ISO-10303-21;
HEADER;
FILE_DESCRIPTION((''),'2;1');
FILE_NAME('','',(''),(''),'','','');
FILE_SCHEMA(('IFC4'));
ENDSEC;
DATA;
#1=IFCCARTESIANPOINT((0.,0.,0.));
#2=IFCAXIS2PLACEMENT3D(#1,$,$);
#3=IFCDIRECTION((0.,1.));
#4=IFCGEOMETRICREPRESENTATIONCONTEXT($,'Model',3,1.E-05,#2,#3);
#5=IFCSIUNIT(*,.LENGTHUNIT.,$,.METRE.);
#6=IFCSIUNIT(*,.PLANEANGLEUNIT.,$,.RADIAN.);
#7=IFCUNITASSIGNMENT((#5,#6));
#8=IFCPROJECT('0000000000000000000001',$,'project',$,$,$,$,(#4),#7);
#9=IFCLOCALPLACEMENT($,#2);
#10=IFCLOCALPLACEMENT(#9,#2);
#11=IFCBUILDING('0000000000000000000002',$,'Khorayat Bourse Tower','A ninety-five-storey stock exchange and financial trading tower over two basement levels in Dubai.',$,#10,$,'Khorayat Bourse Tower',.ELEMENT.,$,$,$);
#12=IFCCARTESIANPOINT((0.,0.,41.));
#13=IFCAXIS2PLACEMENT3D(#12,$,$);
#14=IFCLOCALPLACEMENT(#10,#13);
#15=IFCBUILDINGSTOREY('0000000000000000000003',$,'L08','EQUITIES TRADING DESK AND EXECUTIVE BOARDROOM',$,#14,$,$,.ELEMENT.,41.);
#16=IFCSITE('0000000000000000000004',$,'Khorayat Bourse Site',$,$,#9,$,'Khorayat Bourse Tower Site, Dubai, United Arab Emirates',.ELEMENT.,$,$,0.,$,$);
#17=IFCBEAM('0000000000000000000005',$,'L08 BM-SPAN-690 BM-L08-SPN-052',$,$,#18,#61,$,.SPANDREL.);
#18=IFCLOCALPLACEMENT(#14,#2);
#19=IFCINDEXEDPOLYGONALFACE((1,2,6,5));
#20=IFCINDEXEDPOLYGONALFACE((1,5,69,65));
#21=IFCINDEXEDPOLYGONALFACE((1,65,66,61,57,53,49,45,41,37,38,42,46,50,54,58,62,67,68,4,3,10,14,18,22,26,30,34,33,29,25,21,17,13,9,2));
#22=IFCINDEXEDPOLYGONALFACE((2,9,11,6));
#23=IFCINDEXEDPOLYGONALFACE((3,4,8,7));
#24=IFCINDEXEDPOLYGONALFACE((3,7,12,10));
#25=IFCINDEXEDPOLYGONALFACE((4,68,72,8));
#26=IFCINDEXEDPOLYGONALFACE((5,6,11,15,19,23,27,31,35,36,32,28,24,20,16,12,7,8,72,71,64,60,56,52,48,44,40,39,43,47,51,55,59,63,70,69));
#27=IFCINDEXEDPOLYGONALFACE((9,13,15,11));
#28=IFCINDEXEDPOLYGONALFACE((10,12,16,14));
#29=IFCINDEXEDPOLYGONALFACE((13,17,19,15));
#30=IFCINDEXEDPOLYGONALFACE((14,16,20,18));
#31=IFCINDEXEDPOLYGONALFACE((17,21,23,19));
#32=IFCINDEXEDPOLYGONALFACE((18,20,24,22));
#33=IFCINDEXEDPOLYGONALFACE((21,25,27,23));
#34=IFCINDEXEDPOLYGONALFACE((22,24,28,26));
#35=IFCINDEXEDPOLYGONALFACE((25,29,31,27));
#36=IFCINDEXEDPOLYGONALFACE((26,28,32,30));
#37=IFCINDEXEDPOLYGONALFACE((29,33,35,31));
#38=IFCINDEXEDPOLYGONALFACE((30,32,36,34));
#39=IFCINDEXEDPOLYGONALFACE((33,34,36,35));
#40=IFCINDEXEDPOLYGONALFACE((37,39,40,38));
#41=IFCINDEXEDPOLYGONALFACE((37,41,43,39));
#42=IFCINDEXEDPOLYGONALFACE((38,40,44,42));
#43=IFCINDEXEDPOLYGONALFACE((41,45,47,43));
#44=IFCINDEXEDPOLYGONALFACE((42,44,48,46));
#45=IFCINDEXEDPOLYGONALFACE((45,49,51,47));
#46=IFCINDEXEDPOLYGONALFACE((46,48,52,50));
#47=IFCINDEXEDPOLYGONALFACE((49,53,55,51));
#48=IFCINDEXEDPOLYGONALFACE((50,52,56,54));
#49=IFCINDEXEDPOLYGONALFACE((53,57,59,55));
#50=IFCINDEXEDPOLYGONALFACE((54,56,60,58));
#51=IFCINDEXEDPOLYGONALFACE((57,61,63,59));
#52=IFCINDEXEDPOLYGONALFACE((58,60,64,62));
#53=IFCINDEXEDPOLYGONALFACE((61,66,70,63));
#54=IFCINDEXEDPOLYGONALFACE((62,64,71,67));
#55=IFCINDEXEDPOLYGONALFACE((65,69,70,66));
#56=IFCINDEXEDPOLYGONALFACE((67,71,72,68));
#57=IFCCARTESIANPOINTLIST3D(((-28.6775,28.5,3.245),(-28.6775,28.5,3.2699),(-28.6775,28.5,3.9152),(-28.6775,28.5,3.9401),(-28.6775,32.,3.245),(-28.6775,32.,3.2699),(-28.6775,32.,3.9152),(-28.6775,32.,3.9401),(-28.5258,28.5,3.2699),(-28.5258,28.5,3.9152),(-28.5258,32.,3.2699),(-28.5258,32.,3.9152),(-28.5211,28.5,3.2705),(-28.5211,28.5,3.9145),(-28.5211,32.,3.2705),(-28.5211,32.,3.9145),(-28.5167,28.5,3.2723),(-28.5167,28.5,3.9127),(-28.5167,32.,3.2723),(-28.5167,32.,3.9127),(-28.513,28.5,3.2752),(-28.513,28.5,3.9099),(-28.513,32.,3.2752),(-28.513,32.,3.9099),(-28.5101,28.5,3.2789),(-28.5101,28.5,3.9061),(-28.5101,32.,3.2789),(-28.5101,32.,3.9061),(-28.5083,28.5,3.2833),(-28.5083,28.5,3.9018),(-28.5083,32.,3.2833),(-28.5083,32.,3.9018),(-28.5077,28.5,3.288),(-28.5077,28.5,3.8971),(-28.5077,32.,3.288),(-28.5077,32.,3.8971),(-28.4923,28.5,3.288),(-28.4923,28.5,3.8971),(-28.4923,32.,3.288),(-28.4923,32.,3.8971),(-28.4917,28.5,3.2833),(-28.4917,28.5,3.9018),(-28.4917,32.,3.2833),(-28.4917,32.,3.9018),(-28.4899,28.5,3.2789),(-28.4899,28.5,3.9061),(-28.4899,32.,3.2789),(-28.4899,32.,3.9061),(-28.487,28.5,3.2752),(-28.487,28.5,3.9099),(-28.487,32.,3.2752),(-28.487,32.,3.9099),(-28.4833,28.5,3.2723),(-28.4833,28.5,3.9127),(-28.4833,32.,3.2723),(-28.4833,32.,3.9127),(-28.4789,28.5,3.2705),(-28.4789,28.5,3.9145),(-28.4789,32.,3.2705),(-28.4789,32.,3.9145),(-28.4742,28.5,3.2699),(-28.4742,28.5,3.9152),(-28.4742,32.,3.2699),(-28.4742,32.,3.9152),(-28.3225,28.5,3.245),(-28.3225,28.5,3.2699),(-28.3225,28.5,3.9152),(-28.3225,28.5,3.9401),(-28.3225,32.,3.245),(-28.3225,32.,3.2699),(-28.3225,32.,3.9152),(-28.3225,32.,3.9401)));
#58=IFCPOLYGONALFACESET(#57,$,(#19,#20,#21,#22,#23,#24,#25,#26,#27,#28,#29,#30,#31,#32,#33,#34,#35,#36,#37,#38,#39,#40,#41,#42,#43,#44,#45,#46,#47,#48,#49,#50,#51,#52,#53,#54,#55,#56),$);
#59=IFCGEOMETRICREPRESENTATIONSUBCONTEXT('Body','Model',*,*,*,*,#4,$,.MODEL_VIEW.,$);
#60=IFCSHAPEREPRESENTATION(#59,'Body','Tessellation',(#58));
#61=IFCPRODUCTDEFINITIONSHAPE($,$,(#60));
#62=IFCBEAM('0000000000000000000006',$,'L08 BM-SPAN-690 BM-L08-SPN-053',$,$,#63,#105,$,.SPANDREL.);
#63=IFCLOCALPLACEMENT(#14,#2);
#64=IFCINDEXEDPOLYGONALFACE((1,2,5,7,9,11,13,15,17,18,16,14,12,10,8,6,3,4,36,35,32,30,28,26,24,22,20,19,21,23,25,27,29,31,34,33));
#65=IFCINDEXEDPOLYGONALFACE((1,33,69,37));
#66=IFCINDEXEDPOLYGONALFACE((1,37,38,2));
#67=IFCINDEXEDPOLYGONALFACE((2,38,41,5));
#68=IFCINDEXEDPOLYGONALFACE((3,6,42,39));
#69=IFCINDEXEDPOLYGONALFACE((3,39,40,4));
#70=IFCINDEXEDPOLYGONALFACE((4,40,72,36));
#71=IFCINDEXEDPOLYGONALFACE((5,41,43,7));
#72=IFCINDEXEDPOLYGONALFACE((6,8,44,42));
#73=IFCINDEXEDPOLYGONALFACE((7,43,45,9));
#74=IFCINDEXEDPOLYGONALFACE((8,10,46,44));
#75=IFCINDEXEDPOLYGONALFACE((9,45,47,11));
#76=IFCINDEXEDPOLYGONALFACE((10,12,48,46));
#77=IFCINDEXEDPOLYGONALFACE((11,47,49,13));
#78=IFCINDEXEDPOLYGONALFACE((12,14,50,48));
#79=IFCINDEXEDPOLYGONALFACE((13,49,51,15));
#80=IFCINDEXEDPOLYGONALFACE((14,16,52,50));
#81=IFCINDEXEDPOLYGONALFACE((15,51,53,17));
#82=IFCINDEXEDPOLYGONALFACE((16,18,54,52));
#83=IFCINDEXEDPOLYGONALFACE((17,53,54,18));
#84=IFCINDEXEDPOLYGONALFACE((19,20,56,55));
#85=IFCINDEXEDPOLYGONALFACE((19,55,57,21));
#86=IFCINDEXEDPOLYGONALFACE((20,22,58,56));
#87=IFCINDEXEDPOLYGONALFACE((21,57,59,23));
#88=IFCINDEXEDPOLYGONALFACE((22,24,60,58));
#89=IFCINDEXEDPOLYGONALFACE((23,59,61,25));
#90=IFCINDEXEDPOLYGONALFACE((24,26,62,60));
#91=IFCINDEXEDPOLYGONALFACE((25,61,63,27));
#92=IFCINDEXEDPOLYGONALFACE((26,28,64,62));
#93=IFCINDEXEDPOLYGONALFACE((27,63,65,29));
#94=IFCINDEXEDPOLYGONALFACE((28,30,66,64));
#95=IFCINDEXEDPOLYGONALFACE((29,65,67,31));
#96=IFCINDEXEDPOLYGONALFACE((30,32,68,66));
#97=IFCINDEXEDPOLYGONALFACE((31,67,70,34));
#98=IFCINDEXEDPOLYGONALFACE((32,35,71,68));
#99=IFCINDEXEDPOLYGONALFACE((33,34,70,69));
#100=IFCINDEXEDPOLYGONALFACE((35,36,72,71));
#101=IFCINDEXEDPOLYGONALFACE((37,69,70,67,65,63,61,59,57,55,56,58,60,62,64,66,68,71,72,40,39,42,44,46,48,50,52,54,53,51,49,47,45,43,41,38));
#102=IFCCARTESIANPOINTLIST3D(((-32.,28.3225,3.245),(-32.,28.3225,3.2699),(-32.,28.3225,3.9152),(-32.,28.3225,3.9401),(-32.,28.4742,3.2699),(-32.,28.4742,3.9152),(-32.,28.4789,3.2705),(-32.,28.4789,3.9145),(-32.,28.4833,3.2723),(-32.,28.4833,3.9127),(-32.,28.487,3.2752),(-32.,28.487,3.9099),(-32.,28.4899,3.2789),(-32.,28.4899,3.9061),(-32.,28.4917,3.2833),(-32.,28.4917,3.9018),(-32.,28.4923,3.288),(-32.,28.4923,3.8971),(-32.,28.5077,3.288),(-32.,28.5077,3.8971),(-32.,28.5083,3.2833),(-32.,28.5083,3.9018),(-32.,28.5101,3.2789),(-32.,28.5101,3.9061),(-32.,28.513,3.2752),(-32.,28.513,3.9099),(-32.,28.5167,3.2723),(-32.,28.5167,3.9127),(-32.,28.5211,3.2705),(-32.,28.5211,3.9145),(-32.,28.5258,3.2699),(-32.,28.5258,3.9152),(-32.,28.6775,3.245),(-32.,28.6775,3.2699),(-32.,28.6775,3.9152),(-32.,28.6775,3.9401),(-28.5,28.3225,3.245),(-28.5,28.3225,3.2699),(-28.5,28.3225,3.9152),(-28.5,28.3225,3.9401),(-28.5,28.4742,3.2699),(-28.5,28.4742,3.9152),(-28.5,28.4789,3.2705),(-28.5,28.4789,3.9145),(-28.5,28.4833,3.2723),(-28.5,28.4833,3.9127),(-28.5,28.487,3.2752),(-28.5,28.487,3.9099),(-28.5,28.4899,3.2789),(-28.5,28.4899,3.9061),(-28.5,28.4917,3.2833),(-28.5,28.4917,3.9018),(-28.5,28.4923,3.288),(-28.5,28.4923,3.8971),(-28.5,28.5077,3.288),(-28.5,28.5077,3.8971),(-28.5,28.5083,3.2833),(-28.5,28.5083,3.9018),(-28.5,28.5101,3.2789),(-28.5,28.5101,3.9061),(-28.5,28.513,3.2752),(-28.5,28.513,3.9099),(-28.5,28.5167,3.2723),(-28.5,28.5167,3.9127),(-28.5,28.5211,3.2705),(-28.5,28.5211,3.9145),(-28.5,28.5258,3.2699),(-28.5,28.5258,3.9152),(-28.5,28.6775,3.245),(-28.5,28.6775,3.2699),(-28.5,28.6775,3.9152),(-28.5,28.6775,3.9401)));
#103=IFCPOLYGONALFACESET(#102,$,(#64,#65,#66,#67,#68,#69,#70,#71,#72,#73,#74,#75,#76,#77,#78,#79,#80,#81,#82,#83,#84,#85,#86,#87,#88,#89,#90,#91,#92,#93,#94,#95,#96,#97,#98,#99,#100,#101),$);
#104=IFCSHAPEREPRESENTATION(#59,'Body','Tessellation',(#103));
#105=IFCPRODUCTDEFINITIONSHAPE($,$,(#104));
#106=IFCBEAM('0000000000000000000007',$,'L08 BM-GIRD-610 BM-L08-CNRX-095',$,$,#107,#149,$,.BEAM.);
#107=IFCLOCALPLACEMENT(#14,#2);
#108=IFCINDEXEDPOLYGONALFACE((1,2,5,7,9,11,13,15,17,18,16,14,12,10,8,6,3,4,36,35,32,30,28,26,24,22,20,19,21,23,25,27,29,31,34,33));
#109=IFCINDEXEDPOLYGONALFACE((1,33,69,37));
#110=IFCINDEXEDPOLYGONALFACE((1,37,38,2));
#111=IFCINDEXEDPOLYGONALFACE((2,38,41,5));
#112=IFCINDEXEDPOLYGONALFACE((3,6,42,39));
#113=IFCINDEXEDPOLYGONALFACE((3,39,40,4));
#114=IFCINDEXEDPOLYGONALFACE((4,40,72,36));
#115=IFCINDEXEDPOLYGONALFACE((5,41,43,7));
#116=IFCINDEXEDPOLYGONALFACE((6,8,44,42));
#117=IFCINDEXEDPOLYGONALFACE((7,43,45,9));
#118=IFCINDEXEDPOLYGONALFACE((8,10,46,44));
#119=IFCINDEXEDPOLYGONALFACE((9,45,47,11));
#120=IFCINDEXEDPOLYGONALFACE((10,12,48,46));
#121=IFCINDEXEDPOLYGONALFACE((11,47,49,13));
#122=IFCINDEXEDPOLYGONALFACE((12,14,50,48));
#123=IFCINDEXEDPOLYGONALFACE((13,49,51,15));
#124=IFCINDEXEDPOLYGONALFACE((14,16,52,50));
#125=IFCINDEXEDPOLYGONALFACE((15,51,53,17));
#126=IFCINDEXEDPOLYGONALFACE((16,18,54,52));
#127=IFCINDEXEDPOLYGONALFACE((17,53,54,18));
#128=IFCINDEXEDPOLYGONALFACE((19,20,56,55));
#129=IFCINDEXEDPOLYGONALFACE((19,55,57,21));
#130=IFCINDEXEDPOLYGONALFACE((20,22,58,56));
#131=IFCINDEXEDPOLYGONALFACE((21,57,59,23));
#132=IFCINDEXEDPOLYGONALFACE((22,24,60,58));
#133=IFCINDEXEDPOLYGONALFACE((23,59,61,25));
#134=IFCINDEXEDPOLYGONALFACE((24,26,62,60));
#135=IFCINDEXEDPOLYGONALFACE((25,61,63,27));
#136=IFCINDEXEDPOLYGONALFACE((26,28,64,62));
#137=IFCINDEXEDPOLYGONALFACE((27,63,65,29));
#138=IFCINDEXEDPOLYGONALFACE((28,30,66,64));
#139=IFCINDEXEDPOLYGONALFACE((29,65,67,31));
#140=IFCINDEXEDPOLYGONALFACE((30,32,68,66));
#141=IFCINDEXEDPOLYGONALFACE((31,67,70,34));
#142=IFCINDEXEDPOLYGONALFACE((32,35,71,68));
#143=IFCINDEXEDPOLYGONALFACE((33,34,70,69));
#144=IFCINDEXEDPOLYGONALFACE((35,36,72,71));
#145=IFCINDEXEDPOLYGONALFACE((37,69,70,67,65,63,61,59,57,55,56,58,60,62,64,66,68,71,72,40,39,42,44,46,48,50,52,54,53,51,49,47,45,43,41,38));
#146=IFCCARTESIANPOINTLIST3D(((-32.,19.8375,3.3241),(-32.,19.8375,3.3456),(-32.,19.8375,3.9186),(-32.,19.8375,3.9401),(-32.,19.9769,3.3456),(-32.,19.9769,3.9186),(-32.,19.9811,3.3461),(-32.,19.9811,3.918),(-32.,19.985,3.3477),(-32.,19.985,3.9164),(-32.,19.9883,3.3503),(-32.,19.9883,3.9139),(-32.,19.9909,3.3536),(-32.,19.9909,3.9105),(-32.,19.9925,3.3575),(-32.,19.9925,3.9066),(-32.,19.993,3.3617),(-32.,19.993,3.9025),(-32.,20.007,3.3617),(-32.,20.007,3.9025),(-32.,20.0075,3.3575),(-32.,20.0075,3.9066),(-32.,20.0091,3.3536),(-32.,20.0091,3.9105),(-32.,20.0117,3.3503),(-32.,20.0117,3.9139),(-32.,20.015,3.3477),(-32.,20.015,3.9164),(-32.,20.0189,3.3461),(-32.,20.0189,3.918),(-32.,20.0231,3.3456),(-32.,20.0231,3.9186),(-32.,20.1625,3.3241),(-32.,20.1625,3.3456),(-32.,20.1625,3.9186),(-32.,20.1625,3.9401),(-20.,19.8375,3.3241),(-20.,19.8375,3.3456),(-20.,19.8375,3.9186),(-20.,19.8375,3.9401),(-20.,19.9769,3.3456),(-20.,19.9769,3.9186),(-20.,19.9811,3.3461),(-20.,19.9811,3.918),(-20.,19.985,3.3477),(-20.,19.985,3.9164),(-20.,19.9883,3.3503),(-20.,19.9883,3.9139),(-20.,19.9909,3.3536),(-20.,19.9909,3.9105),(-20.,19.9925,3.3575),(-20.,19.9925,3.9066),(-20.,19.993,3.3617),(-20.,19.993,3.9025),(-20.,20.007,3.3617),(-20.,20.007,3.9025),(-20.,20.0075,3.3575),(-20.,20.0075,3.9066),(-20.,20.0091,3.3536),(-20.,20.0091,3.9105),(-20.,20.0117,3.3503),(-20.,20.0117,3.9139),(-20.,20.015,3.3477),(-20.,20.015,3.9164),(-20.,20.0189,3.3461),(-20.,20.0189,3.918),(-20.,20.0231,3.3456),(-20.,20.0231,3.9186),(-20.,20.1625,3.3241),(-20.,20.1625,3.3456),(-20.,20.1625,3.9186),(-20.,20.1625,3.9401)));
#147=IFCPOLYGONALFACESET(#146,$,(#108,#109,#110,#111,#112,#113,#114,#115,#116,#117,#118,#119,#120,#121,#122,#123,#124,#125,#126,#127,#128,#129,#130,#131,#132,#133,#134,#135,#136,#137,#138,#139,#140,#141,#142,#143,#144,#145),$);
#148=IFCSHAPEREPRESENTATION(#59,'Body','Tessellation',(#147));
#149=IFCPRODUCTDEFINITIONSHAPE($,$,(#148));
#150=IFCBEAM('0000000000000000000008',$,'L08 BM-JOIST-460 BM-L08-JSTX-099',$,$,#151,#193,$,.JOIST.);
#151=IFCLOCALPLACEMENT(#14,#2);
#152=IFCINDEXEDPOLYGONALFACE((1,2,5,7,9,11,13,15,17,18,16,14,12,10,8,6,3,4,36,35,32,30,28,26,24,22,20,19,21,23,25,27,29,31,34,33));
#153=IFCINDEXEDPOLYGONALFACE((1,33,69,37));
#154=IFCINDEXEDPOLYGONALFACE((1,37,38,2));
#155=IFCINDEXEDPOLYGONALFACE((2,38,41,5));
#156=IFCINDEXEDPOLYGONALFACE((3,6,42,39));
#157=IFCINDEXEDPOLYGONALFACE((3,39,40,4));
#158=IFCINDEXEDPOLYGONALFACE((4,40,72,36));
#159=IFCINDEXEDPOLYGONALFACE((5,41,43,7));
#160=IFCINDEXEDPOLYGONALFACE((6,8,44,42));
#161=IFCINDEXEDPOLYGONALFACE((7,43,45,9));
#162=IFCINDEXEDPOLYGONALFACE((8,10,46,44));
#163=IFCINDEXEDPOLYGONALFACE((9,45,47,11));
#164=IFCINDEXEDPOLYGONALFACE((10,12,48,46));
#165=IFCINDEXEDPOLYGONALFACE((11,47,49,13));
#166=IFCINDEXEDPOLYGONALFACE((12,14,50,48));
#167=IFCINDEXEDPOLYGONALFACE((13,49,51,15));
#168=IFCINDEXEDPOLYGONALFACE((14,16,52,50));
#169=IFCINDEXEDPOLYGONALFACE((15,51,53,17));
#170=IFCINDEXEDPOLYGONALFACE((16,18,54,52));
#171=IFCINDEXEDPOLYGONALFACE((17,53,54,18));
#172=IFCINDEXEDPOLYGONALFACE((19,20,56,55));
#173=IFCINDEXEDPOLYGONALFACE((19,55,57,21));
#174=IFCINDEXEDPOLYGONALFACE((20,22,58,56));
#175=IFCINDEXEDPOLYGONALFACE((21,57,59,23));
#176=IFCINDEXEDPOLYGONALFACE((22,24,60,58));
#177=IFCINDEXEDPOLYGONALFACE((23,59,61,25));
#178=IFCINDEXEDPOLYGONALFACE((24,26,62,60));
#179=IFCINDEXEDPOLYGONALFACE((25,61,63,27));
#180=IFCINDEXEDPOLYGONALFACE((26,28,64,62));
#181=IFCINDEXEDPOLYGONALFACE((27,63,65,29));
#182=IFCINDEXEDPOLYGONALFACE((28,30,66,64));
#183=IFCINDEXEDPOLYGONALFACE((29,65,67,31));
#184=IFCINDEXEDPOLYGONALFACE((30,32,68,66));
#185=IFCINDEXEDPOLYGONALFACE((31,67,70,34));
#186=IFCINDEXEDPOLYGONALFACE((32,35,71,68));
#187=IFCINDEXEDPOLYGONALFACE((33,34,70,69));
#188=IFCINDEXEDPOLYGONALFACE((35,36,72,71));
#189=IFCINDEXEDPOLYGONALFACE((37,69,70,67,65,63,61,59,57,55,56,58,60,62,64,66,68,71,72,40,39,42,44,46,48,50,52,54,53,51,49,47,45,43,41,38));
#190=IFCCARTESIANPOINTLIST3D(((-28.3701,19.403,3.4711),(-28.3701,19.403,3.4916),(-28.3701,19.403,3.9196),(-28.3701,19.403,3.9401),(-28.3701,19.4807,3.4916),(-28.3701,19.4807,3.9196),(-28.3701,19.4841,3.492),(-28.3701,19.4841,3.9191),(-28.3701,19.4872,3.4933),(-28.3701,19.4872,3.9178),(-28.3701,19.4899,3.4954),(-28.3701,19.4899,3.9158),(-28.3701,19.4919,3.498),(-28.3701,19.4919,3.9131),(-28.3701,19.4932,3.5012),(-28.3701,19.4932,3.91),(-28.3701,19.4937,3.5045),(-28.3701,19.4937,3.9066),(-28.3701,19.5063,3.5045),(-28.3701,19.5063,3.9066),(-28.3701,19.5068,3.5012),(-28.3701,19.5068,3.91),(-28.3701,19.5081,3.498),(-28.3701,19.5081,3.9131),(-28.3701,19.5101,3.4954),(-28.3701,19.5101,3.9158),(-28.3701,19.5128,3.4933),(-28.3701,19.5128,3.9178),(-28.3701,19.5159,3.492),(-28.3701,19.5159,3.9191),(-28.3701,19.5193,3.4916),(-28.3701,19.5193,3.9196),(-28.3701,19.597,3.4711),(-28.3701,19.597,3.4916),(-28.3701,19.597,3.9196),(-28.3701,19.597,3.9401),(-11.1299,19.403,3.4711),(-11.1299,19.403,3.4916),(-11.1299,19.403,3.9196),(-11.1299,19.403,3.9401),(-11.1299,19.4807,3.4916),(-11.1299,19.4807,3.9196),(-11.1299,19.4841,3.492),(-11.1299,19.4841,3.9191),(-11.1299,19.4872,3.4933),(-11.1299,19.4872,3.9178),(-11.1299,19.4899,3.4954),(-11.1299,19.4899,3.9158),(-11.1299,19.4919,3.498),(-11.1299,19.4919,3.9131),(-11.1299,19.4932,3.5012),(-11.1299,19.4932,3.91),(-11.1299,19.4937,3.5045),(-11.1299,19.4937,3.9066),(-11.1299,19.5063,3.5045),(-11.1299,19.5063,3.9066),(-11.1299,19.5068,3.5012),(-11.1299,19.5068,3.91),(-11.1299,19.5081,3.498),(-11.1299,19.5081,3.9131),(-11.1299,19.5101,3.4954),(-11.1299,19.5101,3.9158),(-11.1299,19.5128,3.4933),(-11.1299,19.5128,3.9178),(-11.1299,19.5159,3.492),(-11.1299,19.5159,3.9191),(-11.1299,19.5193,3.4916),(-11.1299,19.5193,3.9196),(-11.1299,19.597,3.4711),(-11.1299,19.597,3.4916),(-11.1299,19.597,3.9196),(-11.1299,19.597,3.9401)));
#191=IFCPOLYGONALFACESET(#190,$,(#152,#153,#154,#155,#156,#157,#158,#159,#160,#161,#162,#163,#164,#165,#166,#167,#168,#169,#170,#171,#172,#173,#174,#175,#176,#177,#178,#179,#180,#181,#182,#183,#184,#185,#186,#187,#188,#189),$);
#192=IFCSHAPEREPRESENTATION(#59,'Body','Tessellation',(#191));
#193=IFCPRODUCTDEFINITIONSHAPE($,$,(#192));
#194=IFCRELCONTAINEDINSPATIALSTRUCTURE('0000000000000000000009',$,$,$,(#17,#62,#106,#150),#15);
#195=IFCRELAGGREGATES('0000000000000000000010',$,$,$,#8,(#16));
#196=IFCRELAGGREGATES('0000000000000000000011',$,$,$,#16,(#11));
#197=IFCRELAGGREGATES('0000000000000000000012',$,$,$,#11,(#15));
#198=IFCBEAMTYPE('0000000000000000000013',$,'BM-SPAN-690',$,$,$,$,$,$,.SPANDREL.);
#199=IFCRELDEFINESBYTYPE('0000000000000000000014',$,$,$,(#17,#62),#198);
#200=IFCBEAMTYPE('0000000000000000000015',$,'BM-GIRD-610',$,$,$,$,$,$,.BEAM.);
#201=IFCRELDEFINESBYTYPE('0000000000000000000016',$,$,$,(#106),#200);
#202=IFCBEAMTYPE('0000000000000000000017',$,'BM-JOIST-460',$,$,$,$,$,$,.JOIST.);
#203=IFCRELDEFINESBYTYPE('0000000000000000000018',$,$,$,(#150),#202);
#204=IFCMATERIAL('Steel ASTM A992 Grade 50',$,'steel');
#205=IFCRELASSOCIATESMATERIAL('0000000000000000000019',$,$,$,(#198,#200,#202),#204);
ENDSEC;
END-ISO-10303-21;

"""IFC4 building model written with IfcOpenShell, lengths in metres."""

from ifc_helpers import new_model, si_unit, direction, frame, origin, origin_2d, place, context, subcontext, project, spatial, i_section, extrude, source, transform, mapped, material, material_profile, profile_set, type_object, element, save


model = new_model("IFC4")

# Units and contexts
model_context = context("Model", 3, precision=1e-05, world=origin(), true_north=direction((0.0, 1.0)))
body_context = subcontext(model_context, "Body", "Model", "MODEL_VIEW")
ifc_project = project(units=[si_unit("LENGTHUNIT", "METRE"), si_unit("PLANEANGLEUNIT", "RADIAN")], contexts=[model_context])

# Site, building, storey
site_placement = place(None, origin())
site = spatial("IfcSite", under=ifc_project, at=site_placement, Name="Khorayat Bourse Site", LongName="Khorayat Bourse Tower Site, Dubai, United Arab Emirates", CompositionType="ELEMENT", RefElevation=0.0)
building_placement = place(site_placement, origin())
building = spatial("IfcBuilding", under=site, at=building_placement, Name="Khorayat Bourse Tower", Description="A ninety-five-storey stock exchange and financial trading tower over two basement levels in Dubai.", LongName="Khorayat Bourse Tower", CompositionType="ELEMENT")
storey_placement = place(building_placement, frame((0.0, 0.0, 41.0)))
storey = spatial("IfcBuildingStorey", under=building, at=storey_placement, Name="L08", Description="EQUITIES TRADING DESK AND EXECUTIVE BOARDROOM", CompositionType="ELEMENT", Elevation=41.0)

# Beams
ifc_material_1 = material(Name="Steel ASTM A992 Grade 50", Category="steel")
ifc_material_profile_1 = material_profile(ifc_material_1, i_section(OverallWidth=0.355, OverallDepth=0.6951, WebThickness=0.0154, FlangeThickness=0.0249, FilletRadius=0.0181, at=origin_2d()), Name="W690X217")
ifc_profile_set_1 = profile_set([ifc_material_profile_1], Name="Steel ASTM A992 Grade 50")
beam_type_1 = type_object("IfcBeamType", Name="BM-SPAN-690", PredefinedType="SPANDREL", material=ifc_profile_set_1)
shared_shape_1 = source(origin(), body_context, "Body", "SweptSolid", [
    extrude(i_section(OverallWidth=0.355, OverallDepth=0.6951, WebThickness=0.0154, FlangeThickness=0.0249, FilletRadius=0.0181, at=origin_2d()), origin(), (0.0, 0.0, 1.0), 3.5),
])
for number, where, z_axis, x_axis, name in (
    (1, (-28.5, 28.5, 3.5925), (0.0, 1.0, 0.0), (-1.0, 0.0, 0.0), "L08 BM-SPAN-690 BM-L08-SPN-052"),
    (2, (-32.0, 28.5, 3.5925), (1.0, 0.0, 0.0), (0.0, 1.0, 0.0), "L08 BM-SPAN-690 BM-L08-SPN-053"),
):
    element("IfcBeam", number, at=place(storey_placement, frame(where, z_axis=z_axis, x_axis=x_axis)), inside=storey, type_object=beam_type_1, Name=name, PredefinedType="SPANDREL", context=body_context, shape_type="MappedRepresentation", body=[
        mapped(shared_shape_1, transform((0.0, 0.0, 0.0), scale=1.0)),
    ])
ifc_material_profile_2 = material_profile(ifc_material_1, i_section(OverallWidth=0.325, OverallDepth=0.616, WebThickness=0.0139, FlangeThickness=0.0215, FilletRadius=0.0161, at=origin_2d()), Name="W610X174")
ifc_profile_set_2 = profile_set([ifc_material_profile_2], Name="Steel ASTM A992 Grade 50")
beam_type_2 = type_object("IfcBeamType", Name="BM-GIRD-610", PredefinedType="BEAM", material=ifc_profile_set_2)
shared_shape_2 = source(origin(), body_context, "Body", "SweptSolid", [
    extrude(i_section(OverallWidth=0.325, OverallDepth=0.616, WebThickness=0.0139, FlangeThickness=0.0215, FilletRadius=0.0161, at=origin_2d()), origin(), (0.0, 0.0, 1.0), 12.0),
])
beam_1_placement = place(storey_placement, frame((-32.0, 20.0, 3.6321), z_axis=(1.0, 0.0, 0.0), x_axis=(0.0, 1.0, 0.0)))
element("IfcBeam", 3, at=beam_1_placement, inside=storey, type_object=beam_type_2, Name="L08 BM-GIRD-610 BM-L08-CNRX-095", PredefinedType="BEAM", context=body_context, shape_type="MappedRepresentation", body=[
    mapped(shared_shape_2, transform((0.0, 0.0, 0.0), scale=1.0)),
])
ifc_material_profile_3 = material_profile(ifc_material_1, i_section(OverallWidth=0.1941, OverallDepth=0.469, WebThickness=0.0127, FlangeThickness=0.0205, FilletRadius=0.0129, at=origin_2d()), Name="W460X106")
ifc_profile_set_3 = profile_set([ifc_material_profile_3], Name="Steel ASTM A992 Grade 50")
beam_type_3 = type_object("IfcBeamType", Name="BM-JOIST-460", PredefinedType="JOIST", material=ifc_profile_set_3)
shared_shape_3 = source(origin(), body_context, "Body", "SweptSolid", [
    extrude(i_section(OverallWidth=0.1941, OverallDepth=0.469, WebThickness=0.0127, FlangeThickness=0.0205, FilletRadius=0.0129, at=origin_2d()), origin(), (0.0, 0.0, 1.0), 17.2402),
])
beam_2_placement = place(storey_placement, frame((-28.3701, 19.5, 3.7056), z_axis=(1.0, 0.0, 0.0), x_axis=(0.0, 1.0, 0.0)))
element("IfcBeam", 4, at=beam_2_placement, inside=storey, type_object=beam_type_3, Name="L08 BM-JOIST-460 BM-L08-JSTX-099", PredefinedType="JOIST", context=body_context, shape_type="MappedRepresentation", body=[
    mapped(shared_shape_3, transform((0.0, 0.0, 0.0), scale=1.0)),
])

save(model, "model.ifc")
